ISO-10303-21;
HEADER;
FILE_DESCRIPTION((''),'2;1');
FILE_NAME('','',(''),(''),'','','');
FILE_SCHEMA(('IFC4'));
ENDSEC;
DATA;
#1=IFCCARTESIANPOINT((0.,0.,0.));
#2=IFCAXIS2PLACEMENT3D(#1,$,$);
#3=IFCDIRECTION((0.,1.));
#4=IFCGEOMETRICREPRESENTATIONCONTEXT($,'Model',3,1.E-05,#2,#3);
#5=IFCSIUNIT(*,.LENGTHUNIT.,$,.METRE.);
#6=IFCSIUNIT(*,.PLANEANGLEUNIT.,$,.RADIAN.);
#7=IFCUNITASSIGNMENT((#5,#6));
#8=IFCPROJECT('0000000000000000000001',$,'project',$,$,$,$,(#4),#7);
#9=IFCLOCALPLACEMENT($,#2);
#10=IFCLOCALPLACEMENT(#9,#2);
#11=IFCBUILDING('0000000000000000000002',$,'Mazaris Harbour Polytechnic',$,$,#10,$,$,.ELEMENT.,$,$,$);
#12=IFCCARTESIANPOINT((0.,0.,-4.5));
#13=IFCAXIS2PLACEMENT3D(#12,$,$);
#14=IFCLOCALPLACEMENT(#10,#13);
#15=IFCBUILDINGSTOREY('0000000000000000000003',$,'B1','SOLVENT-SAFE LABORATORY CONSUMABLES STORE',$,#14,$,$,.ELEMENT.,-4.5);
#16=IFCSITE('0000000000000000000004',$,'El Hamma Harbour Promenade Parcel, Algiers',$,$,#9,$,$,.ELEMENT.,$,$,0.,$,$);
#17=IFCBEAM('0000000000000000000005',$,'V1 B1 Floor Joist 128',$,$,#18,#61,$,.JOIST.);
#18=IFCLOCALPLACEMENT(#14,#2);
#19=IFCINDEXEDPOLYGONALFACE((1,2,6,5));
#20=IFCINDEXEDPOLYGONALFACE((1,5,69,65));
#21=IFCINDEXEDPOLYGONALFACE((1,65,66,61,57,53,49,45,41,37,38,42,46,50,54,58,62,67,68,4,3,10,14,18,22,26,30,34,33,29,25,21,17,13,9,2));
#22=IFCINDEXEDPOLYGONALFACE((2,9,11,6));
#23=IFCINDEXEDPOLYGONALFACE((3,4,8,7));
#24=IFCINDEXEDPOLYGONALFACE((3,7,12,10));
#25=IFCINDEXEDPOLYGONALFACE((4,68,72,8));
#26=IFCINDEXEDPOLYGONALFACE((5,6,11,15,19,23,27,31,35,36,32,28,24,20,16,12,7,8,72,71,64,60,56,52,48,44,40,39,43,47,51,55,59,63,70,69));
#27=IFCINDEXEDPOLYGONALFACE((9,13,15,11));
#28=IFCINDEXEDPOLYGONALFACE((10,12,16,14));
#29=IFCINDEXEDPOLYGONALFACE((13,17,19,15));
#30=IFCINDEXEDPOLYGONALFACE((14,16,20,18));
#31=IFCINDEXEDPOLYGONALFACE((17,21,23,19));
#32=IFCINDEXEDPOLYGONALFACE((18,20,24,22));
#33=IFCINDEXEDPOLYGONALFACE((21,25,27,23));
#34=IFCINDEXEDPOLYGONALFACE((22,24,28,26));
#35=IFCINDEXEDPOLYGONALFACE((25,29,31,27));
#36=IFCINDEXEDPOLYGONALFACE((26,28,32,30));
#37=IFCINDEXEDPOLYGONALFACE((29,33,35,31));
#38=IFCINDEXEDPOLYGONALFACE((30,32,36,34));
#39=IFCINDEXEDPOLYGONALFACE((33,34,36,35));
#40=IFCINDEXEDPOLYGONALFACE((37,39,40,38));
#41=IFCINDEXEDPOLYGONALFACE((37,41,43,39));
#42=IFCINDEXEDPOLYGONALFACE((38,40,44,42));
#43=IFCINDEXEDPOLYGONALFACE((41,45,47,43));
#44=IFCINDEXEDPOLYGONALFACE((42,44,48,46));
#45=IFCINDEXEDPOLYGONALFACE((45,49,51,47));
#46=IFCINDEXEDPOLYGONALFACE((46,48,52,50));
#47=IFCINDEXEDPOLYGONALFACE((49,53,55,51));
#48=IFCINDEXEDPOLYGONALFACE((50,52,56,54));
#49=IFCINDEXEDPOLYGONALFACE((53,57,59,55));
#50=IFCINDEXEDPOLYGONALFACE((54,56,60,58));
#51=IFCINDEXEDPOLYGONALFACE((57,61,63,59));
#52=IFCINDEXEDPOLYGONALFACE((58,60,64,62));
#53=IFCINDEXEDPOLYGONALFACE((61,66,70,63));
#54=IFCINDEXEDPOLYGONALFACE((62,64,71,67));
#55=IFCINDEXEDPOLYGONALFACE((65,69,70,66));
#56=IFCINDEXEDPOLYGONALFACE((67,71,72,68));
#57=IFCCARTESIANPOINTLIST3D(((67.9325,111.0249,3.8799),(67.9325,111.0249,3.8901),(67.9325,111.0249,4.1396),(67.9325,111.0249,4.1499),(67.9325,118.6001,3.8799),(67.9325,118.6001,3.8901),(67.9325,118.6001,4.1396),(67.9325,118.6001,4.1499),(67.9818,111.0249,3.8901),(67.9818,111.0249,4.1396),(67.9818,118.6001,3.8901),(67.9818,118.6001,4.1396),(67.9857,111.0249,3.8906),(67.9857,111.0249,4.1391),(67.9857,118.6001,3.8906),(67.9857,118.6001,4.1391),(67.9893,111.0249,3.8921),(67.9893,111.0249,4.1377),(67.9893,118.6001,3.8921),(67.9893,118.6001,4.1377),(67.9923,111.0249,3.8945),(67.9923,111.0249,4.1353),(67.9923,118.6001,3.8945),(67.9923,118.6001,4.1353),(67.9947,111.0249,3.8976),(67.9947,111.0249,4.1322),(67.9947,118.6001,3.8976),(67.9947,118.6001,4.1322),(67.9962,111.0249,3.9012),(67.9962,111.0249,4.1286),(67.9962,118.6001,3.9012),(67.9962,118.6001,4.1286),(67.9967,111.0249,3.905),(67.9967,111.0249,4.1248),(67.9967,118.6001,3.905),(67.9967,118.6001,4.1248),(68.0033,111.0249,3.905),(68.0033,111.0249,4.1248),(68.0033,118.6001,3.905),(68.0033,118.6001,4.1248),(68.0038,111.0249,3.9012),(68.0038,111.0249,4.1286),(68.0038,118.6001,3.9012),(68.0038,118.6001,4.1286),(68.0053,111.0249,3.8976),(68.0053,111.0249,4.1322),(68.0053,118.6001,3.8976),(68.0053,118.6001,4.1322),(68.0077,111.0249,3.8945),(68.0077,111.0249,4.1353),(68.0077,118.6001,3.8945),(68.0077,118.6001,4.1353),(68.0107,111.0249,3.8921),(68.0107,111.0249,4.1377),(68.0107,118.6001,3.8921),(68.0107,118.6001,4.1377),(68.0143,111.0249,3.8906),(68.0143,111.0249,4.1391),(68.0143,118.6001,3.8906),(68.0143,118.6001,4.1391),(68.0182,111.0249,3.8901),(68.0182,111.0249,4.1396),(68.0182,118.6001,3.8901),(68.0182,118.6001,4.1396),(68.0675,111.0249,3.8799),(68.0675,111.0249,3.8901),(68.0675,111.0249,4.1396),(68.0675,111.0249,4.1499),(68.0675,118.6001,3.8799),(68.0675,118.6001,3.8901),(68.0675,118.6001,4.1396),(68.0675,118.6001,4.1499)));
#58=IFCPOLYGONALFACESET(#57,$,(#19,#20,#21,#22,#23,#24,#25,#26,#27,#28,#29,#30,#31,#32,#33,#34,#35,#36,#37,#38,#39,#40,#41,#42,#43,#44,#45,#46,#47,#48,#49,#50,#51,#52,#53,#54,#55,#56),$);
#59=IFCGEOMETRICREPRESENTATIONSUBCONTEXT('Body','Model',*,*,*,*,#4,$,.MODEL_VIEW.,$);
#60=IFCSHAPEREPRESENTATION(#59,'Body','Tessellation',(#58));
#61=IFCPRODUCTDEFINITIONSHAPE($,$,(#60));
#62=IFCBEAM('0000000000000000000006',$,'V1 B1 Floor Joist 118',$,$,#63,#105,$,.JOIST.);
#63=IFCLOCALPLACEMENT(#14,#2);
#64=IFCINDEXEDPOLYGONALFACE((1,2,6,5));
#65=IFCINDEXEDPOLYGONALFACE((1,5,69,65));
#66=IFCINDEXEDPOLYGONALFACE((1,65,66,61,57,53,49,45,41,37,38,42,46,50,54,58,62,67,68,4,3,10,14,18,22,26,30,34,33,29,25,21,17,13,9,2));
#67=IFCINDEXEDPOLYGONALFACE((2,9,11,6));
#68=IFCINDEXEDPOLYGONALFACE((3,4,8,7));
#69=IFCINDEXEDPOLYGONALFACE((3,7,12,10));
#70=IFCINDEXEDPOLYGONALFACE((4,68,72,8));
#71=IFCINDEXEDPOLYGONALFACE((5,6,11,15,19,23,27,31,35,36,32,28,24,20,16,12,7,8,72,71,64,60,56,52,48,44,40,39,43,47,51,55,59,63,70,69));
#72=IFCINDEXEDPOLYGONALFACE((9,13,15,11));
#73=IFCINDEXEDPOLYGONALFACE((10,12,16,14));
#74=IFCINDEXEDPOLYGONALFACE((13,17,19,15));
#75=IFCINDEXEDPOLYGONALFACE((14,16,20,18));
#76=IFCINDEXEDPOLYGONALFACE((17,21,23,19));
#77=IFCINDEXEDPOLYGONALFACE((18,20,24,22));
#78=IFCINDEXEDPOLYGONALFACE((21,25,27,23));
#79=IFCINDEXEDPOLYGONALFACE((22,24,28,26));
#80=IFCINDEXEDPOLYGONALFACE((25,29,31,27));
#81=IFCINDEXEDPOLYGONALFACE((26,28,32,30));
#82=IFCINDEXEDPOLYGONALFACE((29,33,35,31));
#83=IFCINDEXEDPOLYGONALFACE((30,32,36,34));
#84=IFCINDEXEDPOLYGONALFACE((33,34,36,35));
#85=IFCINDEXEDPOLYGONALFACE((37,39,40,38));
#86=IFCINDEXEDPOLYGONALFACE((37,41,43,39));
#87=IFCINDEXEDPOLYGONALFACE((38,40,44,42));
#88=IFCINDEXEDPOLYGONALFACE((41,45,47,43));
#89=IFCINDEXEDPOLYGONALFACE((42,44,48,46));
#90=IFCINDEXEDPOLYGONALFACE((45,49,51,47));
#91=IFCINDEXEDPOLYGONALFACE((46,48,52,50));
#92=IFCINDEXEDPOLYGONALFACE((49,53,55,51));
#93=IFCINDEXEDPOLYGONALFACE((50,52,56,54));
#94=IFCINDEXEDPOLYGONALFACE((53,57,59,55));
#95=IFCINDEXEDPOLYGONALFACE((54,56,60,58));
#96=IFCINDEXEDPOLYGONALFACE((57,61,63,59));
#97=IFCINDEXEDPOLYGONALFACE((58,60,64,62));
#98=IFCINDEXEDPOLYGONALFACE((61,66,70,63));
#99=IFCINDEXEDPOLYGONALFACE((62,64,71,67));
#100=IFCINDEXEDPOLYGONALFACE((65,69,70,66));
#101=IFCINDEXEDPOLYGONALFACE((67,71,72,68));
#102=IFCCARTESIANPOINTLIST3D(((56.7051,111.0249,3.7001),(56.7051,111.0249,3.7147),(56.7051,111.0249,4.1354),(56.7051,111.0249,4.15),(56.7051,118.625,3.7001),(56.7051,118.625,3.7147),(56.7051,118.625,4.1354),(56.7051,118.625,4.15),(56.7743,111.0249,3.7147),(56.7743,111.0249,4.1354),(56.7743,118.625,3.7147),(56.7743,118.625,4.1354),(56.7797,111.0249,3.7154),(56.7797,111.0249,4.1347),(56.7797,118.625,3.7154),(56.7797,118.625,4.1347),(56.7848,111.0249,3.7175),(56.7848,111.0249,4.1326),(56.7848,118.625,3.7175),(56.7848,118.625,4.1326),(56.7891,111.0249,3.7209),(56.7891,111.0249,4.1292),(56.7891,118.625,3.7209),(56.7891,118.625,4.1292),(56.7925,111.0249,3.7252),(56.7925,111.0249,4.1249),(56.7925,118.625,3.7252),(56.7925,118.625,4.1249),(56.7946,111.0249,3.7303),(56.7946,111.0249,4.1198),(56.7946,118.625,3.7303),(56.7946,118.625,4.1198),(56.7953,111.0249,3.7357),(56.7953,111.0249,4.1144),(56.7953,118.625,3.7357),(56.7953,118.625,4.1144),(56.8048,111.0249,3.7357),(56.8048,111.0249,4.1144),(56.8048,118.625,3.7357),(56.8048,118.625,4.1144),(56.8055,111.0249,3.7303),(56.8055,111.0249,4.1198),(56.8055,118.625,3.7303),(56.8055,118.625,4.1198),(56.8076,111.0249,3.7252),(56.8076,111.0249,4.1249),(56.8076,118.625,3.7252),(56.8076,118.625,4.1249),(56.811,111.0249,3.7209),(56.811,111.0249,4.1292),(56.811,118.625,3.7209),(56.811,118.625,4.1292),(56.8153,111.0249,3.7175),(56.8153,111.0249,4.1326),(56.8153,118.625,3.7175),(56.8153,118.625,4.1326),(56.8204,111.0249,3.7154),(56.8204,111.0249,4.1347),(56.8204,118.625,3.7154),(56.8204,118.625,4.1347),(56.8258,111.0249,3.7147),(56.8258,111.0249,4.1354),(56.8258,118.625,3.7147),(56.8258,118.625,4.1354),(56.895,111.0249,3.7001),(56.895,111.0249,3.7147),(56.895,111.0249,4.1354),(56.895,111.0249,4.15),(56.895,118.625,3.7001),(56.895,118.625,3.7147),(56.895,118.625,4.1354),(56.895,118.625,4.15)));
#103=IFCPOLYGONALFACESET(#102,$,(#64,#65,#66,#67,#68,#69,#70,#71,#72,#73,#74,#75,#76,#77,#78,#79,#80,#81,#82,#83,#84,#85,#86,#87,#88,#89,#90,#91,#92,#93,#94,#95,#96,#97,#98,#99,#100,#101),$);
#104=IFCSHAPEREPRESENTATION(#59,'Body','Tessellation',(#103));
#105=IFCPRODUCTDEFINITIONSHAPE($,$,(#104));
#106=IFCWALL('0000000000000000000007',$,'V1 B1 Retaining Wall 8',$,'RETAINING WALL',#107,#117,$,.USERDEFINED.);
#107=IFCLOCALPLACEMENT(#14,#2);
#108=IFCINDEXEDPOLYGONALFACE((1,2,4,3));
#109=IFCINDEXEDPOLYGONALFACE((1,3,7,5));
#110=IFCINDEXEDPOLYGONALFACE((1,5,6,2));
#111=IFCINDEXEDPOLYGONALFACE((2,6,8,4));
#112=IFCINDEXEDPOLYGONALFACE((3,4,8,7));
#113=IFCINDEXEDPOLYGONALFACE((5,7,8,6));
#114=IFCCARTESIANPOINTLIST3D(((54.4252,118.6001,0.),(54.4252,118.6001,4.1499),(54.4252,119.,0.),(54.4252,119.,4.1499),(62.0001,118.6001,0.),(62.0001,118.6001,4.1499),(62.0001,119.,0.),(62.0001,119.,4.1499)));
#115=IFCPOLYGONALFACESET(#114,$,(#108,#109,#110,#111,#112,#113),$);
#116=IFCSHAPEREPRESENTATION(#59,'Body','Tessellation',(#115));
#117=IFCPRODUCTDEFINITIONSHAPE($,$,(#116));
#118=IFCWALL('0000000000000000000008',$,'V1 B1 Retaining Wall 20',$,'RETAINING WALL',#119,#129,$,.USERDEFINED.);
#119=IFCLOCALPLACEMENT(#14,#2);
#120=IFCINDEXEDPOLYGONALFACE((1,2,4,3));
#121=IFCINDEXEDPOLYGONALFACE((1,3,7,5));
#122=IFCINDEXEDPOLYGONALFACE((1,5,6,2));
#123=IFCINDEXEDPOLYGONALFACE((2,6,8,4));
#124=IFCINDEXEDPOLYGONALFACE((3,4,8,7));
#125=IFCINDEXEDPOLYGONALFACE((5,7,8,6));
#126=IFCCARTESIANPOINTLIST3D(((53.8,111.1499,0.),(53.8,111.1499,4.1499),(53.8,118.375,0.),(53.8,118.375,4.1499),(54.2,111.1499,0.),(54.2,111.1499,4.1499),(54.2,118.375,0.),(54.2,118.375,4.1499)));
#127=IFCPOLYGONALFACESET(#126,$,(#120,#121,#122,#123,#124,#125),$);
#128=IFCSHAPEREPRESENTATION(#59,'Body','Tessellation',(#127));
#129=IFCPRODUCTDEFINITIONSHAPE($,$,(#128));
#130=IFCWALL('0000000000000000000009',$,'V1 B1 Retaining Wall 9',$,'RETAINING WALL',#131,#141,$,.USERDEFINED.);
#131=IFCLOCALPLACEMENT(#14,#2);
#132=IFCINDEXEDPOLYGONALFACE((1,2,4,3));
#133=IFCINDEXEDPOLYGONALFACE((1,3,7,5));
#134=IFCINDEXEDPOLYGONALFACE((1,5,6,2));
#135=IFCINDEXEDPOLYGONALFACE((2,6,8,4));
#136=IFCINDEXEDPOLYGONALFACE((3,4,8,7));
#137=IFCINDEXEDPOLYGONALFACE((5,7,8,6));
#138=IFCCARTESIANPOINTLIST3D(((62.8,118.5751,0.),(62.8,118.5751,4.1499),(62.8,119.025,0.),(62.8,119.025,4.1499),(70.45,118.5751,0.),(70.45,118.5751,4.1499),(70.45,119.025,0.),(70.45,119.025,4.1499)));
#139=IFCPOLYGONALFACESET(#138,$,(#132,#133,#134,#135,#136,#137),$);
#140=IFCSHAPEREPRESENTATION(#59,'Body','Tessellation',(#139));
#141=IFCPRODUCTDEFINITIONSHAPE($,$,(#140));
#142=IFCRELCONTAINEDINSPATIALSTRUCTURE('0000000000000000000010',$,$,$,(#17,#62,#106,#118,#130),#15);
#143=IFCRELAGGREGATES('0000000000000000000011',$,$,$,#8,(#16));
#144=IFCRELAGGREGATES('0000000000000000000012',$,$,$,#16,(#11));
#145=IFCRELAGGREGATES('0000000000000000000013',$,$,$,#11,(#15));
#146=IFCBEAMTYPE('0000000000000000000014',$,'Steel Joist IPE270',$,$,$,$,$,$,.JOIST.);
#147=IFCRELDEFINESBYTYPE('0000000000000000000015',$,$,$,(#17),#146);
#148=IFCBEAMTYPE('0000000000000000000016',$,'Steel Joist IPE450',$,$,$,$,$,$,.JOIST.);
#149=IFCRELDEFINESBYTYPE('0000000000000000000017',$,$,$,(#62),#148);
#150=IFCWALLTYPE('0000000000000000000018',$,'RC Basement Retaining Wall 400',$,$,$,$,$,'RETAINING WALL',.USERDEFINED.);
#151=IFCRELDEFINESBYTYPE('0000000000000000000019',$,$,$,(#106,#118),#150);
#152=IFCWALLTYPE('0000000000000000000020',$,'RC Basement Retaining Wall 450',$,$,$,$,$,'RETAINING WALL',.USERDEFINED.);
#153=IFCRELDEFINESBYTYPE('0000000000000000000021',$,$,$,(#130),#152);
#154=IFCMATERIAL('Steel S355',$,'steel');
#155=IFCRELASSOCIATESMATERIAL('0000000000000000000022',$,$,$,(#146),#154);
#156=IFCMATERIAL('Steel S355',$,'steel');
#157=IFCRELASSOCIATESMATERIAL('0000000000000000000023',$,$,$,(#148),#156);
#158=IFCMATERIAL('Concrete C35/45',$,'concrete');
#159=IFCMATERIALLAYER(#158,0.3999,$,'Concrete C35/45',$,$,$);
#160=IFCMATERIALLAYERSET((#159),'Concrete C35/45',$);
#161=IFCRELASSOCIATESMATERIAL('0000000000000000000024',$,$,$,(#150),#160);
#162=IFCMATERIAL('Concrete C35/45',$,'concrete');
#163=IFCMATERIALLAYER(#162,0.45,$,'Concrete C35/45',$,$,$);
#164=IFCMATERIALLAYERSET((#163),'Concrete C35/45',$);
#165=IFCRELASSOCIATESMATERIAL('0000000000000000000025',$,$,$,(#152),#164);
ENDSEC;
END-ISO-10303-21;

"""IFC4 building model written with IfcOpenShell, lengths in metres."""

from ifc_helpers import new_model, si_unit, direction, frame, frame_2d, origin, origin_2d, place, context, subcontext, project, spatial, rectangle, i_section, extrude, material, layer, layer_set, material_profile, profile_set, type_object, element, save


model = new_model("IFC4")

# Units and contexts
model_context = context("Model", 3, precision=1e-05, world=origin(), true_north=direction((0.0, 1.0)))
body_context = subcontext(model_context, "Body", "Model", "MODEL_VIEW")
ifc_project = project(units=[si_unit("LENGTHUNIT", "METRE"), si_unit("PLANEANGLEUNIT", "RADIAN")], contexts=[model_context])

# Site, building, storey
site_placement = place(None, origin())
site = spatial("IfcSite", under=ifc_project, at=site_placement, Name="El Hamma Harbour Promenade Parcel, Algiers", CompositionType="ELEMENT", RefElevation=0.0)
building_placement = place(site_placement, origin())
building = spatial("IfcBuilding", under=site, at=building_placement, Name="Mazaris Harbour Polytechnic", CompositionType="ELEMENT")
storey_placement = place(building_placement, frame((0.0, 0.0, -4.5)))
storey = spatial("IfcBuildingStorey", under=building, at=storey_placement, Name="B1", Description="SOLVENT-SAFE LABORATORY CONSUMABLES STORE", CompositionType="ELEMENT", Elevation=-4.5)

# Beams
ifc_material_1 = material(Name="Steel S355", Category="steel")
ifc_material_profile_1 = material_profile(ifc_material_1, i_section(OverallWidth=0.135, OverallDepth=0.27, WebThickness=0.0066, FlangeThickness=0.0103, FilletRadius=0.0149, at=origin_2d()), Name="IPE 270")
ifc_profile_set_1 = profile_set([ifc_material_profile_1], Name="Steel S355")
beam_type_1 = type_object("IfcBeamType", Name="Steel Joist IPE270", PredefinedType="JOIST", material=ifc_profile_set_1)
beam_1_placement = place(storey_placement, frame((68.0, 111.0249, 4.0149), z_axis=(0.0, 1.0, 0.0), x_axis=(-1.0, 0.0, 0.0)))
element("IfcBeam", 1, at=beam_1_placement, inside=storey, type_object=beam_type_1, Name="V1 B1 Floor Joist 128", PredefinedType="JOIST", context=body_context, shape_type="SweptSolid", body=[
    extrude(i_section(OverallWidth=0.135, OverallDepth=0.27, WebThickness=0.0066, FlangeThickness=0.0103, FilletRadius=0.0149, at=origin_2d()), origin(), (0.0, 0.0, 1.0), 7.5752),
])
ifc_material_2 = material(Name="Steel S355", Category="steel")
ifc_material_profile_2 = material_profile(ifc_material_2, i_section(OverallWidth=0.1899, OverallDepth=0.45, WebThickness=0.0095, FlangeThickness=0.0146, FilletRadius=0.021, at=origin_2d()), Name="IPE 450")
ifc_profile_set_2 = profile_set([ifc_material_profile_2], Name="Steel S355")
beam_type_2 = type_object("IfcBeamType", Name="Steel Joist IPE450", PredefinedType="JOIST", material=ifc_profile_set_2)
beam_2_placement = place(storey_placement, frame((56.8, 111.0249, 3.925), z_axis=(0.0, 1.0, 0.0), x_axis=(-1.0, 0.0, 0.0)))
element("IfcBeam", 2, at=beam_2_placement, inside=storey, type_object=beam_type_2, Name="V1 B1 Floor Joist 118", PredefinedType="JOIST", context=body_context, shape_type="SweptSolid", body=[
    extrude(i_section(OverallWidth=0.1899, OverallDepth=0.45, WebThickness=0.0095, FlangeThickness=0.0146, FilletRadius=0.021, at=origin_2d()), origin(), (0.0, 0.0, 1.0), 7.6001),
])

# Walls
ifc_material_3 = material(Name="Concrete C35/45", Category="concrete")
ifc_layer_1 = layer(ifc_material_3, 0.3999, Name="Concrete C35/45")
ifc_layer_set_1 = layer_set([ifc_layer_1], Name="Concrete C35/45")
wall_type_1 = type_object("IfcWallType", Name="RC Basement Retaining Wall 400", ElementType="RETAINING WALL", PredefinedType="USERDEFINED", material=ifc_layer_set_1)
wall_1_placement = place(storey_placement, frame((54.425, 118.8, 0.0), z_axis=(0.0, 0.0, 1.0), x_axis=(1.0, 0.0, 0.0)))
element("IfcWall", 3, at=wall_1_placement, inside=storey, type_object=wall_type_1, Name="V1 B1 Retaining Wall 8", ObjectType="RETAINING WALL", PredefinedType="USERDEFINED", context=body_context, shape_type="SweptSolid", body=[
    extrude(rectangle(XDim=7.575, YDim=0.3999, at=frame_2d((3.7876, 0.0))), origin(), (0.0, 0.0, 1.0), 4.1499),
])
wall_2_placement = place(storey_placement, frame((54.0, 111.1499, 0.0), z_axis=(0.0, 0.0, 1.0), x_axis=(0.0, 1.0, 0.0)))
element("IfcWall", 4, at=wall_2_placement, inside=storey, type_object=wall_type_1, Name="V1 B1 Retaining Wall 20", ObjectType="RETAINING WALL", PredefinedType="USERDEFINED", context=body_context, shape_type="SweptSolid", body=[
    extrude(rectangle(XDim=7.2251, YDim=0.3999, at=frame_2d((3.6125, 0.0))), origin(), (0.0, 0.0, 1.0), 4.1499),
])
ifc_material_4 = material(Name="Concrete C35/45", Category="concrete")
ifc_layer_2 = layer(ifc_material_4, 0.45, Name="Concrete C35/45")
ifc_layer_set_2 = layer_set([ifc_layer_2], Name="Concrete C35/45")
wall_type_2 = type_object("IfcWallType", Name="RC Basement Retaining Wall 450", ElementType="RETAINING WALL", PredefinedType="USERDEFINED", material=ifc_layer_set_2)
wall_3_placement = place(storey_placement, frame((62.8, 118.8, 0.0), z_axis=(0.0, 0.0, 1.0), x_axis=(1.0, 0.0, 0.0)))
element("IfcWall", 5, at=wall_3_placement, inside=storey, type_object=wall_type_2, Name="V1 B1 Retaining Wall 9", ObjectType="RETAINING WALL", PredefinedType="USERDEFINED", context=body_context, shape_type="SweptSolid", body=[
    extrude(rectangle(XDim=7.6499, YDim=0.45, at=frame_2d((3.825, 0.0))), origin(), (0.0, 0.0, 1.0), 4.1499),
])

save(model, "model.ifc")
